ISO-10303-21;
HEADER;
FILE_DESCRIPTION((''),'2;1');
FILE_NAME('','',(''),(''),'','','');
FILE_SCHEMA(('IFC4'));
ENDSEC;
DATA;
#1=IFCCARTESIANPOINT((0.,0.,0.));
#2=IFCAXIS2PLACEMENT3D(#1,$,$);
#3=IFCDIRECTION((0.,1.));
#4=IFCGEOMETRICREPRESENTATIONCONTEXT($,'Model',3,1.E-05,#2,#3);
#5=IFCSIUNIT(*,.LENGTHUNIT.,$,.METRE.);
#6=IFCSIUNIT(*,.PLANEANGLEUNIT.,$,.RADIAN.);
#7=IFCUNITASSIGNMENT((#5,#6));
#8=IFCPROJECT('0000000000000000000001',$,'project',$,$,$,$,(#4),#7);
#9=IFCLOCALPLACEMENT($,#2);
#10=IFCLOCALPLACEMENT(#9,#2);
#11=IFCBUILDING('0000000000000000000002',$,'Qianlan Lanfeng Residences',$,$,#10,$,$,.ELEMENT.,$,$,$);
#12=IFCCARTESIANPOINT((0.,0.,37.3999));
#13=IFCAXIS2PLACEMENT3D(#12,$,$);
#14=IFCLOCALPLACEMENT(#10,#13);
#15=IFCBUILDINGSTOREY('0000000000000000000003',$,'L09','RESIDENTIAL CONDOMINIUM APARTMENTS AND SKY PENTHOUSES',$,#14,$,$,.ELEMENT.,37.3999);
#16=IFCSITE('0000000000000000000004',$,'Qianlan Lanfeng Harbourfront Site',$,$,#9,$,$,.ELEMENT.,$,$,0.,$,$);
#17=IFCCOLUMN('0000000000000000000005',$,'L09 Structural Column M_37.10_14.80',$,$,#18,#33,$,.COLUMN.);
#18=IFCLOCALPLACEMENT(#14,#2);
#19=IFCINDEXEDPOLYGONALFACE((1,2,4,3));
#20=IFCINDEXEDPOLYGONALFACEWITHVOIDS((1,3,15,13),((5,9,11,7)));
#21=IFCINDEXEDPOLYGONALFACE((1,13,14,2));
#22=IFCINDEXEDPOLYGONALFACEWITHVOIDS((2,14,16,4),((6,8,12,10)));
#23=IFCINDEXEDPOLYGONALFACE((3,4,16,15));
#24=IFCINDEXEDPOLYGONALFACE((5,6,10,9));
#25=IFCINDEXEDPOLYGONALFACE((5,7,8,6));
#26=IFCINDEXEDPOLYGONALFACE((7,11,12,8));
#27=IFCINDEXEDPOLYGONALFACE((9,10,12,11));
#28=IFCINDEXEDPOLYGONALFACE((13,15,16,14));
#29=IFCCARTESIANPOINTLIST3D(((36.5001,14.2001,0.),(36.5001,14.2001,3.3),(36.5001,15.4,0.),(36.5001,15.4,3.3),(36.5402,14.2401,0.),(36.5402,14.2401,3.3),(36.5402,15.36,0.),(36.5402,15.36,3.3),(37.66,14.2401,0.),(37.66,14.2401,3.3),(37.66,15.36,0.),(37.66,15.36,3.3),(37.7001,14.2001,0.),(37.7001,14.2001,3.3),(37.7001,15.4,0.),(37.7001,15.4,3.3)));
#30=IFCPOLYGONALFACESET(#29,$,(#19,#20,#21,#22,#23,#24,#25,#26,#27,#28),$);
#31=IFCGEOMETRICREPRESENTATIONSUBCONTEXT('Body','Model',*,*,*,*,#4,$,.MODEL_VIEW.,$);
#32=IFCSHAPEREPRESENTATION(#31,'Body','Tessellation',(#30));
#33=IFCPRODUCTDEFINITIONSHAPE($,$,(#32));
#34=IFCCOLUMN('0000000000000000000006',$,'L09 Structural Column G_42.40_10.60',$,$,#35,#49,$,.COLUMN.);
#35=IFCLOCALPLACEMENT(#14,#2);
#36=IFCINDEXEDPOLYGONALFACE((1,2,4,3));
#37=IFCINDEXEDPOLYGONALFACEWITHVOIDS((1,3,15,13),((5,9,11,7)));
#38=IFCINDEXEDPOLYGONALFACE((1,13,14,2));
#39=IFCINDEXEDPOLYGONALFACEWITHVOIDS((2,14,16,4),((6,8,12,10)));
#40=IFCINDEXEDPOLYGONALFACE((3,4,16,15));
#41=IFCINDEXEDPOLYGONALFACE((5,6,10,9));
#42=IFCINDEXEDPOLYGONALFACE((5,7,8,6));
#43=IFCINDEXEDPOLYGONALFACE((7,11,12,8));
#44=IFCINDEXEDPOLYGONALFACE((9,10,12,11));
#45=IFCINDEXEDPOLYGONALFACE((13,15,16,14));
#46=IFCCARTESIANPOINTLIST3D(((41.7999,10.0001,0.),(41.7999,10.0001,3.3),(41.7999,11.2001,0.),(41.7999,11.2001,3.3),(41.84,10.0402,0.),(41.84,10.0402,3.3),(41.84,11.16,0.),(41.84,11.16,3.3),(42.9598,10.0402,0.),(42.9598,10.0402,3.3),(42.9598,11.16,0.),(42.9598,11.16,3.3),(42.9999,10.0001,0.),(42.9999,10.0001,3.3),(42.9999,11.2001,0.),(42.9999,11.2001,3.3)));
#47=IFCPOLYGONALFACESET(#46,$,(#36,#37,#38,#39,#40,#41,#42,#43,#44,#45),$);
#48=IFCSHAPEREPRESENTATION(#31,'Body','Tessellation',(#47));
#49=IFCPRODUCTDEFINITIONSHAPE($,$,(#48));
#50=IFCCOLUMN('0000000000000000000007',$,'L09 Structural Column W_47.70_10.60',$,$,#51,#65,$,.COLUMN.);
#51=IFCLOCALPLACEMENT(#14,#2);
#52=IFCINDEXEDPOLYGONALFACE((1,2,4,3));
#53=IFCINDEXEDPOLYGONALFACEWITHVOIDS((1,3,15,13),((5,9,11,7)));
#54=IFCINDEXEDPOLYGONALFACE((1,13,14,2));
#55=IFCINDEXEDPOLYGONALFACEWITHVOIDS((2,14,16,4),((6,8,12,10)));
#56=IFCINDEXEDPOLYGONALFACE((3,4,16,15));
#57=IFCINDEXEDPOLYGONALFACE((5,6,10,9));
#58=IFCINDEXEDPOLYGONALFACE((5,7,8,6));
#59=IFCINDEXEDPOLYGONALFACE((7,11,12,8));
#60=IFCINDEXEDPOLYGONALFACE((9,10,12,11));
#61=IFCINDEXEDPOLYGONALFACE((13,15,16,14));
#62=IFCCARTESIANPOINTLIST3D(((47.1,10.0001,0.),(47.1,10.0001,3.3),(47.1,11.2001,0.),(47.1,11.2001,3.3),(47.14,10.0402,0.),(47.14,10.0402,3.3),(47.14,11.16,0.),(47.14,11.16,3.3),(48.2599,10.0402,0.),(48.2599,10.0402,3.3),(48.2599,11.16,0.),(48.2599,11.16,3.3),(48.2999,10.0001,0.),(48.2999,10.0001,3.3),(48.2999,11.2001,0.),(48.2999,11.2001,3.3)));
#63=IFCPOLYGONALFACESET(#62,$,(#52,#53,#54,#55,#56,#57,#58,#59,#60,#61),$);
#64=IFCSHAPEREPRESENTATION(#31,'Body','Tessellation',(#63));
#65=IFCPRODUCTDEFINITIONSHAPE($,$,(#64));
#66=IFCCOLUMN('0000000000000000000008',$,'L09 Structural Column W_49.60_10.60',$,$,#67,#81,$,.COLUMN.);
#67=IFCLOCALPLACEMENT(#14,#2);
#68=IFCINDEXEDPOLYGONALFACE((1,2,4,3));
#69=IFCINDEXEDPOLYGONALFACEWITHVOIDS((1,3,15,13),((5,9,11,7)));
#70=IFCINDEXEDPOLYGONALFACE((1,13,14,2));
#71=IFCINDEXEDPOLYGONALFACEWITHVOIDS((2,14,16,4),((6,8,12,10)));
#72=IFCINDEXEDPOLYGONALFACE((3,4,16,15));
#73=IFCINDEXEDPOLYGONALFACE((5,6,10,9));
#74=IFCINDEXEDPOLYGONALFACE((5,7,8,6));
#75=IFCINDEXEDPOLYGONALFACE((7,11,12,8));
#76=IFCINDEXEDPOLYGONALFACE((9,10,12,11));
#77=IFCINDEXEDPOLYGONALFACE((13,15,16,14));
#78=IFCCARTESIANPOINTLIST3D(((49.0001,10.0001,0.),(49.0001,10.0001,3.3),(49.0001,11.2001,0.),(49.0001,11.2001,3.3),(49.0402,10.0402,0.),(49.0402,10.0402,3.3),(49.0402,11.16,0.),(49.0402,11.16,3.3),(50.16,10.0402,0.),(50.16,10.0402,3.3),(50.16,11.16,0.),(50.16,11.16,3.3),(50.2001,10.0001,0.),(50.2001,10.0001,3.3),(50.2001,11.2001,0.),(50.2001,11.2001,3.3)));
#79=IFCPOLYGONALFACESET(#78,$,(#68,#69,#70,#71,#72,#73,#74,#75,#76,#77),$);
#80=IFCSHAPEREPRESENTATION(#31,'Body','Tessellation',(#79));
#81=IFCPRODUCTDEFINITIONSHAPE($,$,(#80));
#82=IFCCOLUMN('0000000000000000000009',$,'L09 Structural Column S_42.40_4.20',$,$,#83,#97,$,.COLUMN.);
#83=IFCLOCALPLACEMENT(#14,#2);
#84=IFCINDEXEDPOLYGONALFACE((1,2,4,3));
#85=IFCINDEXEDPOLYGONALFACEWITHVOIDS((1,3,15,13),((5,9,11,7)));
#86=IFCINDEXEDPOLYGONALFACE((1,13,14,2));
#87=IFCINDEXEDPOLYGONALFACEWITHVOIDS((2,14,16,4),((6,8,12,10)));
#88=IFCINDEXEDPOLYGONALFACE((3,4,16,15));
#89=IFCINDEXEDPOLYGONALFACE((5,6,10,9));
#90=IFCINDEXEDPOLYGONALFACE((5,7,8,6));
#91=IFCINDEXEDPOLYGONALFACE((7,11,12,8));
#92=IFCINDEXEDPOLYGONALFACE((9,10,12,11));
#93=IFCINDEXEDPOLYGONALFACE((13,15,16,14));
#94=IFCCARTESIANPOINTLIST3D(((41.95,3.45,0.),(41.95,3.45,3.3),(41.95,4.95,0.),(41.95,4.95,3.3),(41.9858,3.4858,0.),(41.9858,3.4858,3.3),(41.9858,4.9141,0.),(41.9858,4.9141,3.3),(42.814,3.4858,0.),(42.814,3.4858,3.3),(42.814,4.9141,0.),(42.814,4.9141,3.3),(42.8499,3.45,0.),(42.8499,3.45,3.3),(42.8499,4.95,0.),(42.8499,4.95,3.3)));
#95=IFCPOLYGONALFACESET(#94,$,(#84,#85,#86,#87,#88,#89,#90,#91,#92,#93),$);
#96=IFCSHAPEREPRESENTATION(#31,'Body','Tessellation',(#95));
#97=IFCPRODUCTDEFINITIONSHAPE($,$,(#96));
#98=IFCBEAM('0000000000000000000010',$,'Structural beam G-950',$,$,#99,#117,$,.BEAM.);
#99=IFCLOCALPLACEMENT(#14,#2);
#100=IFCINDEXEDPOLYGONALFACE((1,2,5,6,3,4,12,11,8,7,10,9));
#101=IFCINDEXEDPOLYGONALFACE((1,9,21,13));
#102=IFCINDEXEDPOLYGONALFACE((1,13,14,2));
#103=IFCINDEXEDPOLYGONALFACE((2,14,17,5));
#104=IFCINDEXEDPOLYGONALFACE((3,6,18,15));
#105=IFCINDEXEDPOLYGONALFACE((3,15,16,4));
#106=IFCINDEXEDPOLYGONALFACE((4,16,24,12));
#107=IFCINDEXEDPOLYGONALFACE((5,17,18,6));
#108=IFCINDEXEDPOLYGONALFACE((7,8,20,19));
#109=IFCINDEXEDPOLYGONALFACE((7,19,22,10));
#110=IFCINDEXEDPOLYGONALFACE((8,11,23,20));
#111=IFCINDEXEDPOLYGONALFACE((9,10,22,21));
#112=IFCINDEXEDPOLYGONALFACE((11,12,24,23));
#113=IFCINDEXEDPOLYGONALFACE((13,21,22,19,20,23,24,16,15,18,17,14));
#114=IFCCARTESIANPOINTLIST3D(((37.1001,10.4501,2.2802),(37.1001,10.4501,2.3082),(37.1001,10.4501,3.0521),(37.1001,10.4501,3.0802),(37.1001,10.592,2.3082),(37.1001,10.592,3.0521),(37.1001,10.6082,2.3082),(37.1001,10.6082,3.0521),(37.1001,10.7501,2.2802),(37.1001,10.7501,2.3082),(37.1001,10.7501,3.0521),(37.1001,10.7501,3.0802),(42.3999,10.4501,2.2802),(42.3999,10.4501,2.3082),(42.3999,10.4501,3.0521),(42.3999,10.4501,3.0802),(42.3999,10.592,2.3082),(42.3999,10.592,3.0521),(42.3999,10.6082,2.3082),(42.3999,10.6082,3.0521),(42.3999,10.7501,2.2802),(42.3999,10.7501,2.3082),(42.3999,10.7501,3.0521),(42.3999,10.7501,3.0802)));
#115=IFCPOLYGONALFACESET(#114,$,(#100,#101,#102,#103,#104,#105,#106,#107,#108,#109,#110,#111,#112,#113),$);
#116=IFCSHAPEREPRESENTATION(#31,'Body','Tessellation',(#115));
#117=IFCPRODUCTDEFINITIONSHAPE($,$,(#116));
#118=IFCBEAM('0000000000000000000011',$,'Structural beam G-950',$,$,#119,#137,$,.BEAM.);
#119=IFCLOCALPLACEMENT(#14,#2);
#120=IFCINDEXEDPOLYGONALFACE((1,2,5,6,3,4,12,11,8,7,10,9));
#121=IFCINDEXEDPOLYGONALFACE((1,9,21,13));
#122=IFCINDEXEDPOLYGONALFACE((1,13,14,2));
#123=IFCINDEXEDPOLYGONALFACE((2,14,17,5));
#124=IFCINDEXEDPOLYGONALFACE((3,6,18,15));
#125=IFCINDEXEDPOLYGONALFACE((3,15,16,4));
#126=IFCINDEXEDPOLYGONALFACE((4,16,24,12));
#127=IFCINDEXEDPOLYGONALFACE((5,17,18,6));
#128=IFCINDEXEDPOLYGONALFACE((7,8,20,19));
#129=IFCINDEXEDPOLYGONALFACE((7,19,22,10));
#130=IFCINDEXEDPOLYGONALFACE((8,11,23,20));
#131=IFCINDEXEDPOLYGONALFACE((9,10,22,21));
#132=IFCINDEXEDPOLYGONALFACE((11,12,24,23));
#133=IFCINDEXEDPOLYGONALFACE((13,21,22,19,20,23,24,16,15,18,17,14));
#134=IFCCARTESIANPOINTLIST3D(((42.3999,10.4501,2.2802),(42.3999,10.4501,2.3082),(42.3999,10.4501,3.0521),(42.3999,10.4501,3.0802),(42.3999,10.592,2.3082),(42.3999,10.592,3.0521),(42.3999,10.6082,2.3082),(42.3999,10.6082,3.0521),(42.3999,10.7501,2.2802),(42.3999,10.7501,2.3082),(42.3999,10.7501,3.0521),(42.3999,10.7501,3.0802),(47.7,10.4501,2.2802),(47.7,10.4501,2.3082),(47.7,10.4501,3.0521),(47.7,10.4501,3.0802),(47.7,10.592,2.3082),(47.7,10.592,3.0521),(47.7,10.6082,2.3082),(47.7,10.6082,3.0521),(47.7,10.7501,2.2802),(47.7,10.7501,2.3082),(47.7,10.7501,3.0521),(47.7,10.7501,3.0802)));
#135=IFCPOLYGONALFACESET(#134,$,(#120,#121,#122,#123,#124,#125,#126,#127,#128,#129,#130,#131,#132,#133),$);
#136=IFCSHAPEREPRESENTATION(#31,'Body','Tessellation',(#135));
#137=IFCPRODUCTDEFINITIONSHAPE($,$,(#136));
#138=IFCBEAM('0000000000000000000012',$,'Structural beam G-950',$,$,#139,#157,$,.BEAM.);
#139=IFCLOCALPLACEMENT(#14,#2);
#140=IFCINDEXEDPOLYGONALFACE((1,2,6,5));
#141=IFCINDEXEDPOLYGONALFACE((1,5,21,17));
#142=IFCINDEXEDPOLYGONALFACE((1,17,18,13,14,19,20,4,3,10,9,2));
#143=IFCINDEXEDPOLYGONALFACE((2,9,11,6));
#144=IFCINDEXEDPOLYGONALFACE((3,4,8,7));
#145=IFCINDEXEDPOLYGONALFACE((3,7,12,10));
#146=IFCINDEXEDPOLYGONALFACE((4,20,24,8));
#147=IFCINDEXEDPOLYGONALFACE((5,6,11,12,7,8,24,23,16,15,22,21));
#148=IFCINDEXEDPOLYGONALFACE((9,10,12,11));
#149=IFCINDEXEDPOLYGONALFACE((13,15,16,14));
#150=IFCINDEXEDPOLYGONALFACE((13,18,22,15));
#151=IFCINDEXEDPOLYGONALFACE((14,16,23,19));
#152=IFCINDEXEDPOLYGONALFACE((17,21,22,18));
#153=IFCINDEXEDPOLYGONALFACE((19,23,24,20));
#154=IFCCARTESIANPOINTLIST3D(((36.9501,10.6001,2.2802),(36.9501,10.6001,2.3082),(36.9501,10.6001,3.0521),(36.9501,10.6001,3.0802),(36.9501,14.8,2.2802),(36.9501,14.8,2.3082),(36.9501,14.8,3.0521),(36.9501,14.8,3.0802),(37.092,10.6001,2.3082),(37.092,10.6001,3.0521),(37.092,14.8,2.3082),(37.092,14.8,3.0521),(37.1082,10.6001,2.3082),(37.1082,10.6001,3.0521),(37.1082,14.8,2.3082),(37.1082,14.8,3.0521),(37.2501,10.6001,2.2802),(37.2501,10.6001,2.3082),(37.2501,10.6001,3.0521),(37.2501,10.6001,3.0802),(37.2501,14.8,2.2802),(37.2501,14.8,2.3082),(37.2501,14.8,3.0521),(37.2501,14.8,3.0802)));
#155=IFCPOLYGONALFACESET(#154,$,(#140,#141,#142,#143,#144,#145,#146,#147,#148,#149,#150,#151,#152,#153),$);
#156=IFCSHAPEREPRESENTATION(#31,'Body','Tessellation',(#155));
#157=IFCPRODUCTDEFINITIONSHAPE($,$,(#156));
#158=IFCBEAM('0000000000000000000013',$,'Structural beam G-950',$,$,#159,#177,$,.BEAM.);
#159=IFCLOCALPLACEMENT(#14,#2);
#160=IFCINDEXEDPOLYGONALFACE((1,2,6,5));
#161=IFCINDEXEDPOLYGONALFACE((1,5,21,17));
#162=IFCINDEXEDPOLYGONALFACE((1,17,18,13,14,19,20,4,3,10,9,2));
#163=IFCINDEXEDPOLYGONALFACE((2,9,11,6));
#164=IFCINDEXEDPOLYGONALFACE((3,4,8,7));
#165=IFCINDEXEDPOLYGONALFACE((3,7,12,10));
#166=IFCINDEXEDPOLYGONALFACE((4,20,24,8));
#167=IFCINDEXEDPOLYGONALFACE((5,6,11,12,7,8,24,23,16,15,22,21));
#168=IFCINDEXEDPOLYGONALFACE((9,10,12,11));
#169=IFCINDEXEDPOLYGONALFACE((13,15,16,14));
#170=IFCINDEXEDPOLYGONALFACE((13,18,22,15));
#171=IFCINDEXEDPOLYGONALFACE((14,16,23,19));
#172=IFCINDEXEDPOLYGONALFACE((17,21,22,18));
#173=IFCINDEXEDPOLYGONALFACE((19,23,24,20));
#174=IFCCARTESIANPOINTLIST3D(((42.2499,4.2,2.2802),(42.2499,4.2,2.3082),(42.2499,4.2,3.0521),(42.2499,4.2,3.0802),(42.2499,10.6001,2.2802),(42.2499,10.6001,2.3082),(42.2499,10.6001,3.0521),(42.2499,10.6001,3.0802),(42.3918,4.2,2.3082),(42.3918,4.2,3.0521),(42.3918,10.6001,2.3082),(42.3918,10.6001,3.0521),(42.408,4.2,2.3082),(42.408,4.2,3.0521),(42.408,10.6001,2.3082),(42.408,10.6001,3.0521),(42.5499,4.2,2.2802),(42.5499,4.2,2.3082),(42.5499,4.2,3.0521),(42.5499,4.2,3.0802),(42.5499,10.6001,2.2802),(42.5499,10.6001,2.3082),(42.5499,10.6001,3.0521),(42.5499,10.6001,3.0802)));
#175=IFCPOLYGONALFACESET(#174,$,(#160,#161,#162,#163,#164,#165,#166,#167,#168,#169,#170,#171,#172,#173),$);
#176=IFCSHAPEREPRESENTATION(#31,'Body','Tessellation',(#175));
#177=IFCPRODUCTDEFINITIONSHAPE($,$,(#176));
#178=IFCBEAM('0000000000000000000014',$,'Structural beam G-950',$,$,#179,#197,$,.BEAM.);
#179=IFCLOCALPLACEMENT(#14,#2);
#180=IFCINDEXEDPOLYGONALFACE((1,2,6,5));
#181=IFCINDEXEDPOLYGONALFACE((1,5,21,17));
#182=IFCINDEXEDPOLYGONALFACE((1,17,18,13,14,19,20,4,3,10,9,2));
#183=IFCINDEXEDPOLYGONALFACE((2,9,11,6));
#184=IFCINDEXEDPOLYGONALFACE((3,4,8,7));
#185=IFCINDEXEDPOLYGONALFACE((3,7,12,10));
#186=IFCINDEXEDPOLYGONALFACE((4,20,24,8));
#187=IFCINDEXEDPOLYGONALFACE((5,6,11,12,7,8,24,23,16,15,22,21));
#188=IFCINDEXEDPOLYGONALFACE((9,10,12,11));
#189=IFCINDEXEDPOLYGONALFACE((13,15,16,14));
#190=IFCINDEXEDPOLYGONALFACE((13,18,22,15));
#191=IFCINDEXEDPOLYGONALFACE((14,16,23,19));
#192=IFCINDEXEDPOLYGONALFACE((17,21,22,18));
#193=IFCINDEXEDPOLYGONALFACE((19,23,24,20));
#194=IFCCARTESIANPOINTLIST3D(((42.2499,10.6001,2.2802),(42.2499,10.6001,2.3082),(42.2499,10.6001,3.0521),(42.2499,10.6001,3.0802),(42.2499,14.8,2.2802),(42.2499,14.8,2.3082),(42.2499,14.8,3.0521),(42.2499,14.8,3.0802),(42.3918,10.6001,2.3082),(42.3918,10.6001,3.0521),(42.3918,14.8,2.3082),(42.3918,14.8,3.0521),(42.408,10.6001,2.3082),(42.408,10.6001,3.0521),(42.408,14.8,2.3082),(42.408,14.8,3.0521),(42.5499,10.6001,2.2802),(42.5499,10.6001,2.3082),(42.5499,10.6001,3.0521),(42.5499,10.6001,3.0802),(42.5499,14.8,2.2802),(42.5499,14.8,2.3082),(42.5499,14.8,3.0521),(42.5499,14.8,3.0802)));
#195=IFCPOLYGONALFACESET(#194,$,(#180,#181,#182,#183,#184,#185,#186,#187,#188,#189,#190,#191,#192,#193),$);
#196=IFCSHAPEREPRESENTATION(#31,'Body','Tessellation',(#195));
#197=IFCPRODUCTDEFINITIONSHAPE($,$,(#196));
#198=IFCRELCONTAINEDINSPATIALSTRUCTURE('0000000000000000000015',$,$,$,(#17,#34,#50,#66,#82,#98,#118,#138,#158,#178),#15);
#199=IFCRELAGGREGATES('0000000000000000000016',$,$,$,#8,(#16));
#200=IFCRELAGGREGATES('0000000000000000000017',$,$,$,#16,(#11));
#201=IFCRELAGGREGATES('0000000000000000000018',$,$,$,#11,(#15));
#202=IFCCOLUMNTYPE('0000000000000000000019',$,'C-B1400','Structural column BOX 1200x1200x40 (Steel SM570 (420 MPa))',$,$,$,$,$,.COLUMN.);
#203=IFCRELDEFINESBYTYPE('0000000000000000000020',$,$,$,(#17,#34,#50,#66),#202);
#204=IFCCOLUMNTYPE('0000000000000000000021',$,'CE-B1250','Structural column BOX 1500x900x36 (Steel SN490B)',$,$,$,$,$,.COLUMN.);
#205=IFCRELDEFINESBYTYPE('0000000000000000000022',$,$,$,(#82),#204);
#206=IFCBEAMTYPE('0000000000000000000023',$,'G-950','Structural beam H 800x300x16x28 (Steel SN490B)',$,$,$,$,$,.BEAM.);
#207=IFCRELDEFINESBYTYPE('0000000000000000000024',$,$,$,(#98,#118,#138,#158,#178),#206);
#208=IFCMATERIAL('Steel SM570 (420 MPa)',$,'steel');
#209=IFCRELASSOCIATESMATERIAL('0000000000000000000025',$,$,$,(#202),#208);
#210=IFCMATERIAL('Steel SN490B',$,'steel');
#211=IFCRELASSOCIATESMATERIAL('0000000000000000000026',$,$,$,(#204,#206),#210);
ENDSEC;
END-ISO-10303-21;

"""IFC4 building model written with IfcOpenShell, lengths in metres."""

from ifc_helpers import new_model, si_unit, direction, frame, origin, origin_2d, place, context, subcontext, project, spatial, hollow_rectangle, i_section, extrude, material, material_profile, profile_set, type_object, element, save


model = new_model("IFC4")

# Units and contexts
model_context = context("Model", 3, precision=1e-05, world=origin(), true_north=direction((0.0, 1.0)))
body_context = subcontext(model_context, "Body", "Model", "MODEL_VIEW")
ifc_project = project(units=[si_unit("LENGTHUNIT", "METRE"), si_unit("PLANEANGLEUNIT", "RADIAN")], contexts=[model_context])

# Site, building, storey
site_placement = place(None, origin())
site = spatial("IfcSite", under=ifc_project, at=site_placement, Name="Qianlan Lanfeng Harbourfront Site", CompositionType="ELEMENT", RefElevation=0.0)
building_placement = place(site_placement, origin())
building = spatial("IfcBuilding", under=site, at=building_placement, Name="Qianlan Lanfeng Residences", CompositionType="ELEMENT")
storey_placement = place(building_placement, frame((0.0, 0.0, 37.3999)))
storey = spatial("IfcBuildingStorey", under=building, at=storey_placement, Name="L09", Description="RESIDENTIAL CONDOMINIUM APARTMENTS AND SKY PENTHOUSES", CompositionType="ELEMENT", Elevation=37.3999)

# Columns
ifc_material_1 = material(Name="Steel SM570 (420 MPa)", Category="steel")
ifc_material_profile_1 = material_profile(ifc_material_1, hollow_rectangle(XDim=1.2, YDim=1.2, WallThickness=0.04, at=origin_2d()), Name="BOX 1200x1200x40")
ifc_profile_set_1 = profile_set([ifc_material_profile_1], Name="Steel SM570 (420 MPa)")
column_type_1 = type_object("IfcColumnType", Name="C-B1400", Description="Structural column BOX 1200x1200x40 (Steel SM570 (420 MPa))", PredefinedType="COLUMN", material=ifc_profile_set_1)
for number, where, z_axis, x_axis, name in (
    (1, (37.1001, 14.8, 0.0), (0.0, 0.0, 1.0), (1.0, 0.0, 0.0), "L09 Structural Column M_37.10_14.80"),
    (2, (42.3999, 10.6001, 0.0), (0.0, 0.0, 1.0), (1.0, 0.0, 0.0), "L09 Structural Column G_42.40_10.60"),
    (3, (47.7, 10.6001, 0.0), (0.0, 0.0, 1.0), (1.0, 0.0, 0.0), "L09 Structural Column W_47.70_10.60"),
    (4, (49.6001, 10.6001, 0.0), (0.0, 0.0, 1.0), (1.0, 0.0, 0.0), "L09 Structural Column W_49.60_10.60"),
):
    element("IfcColumn", number, at=place(storey_placement, frame(where, z_axis=z_axis, x_axis=x_axis)), inside=storey, type_object=column_type_1, Name=name, PredefinedType="COLUMN", context=body_context, shape_type="SweptSolid", body=[
        extrude(hollow_rectangle(XDim=1.2, YDim=1.2, WallThickness=0.04, at=origin_2d()), origin(), (0.0, 0.0, 1.0), 3.3),
    ])
ifc_material_2 = material(Name="Steel SN490B", Category="steel")
ifc_material_profile_2 = material_profile(ifc_material_2, hollow_rectangle(XDim=0.8999, YDim=1.5, WallThickness=0.0359, at=origin_2d()), Name="BOX 1500x900x36")
ifc_profile_set_2 = profile_set([ifc_material_profile_2], Name="Steel SN490B")
column_type_2 = type_object("IfcColumnType", Name="CE-B1250", Description="Structural column BOX 1500x900x36 (Steel SN490B)", PredefinedType="COLUMN", material=ifc_profile_set_2)
column_placement = place(storey_placement, frame((42.3999, 4.2, 0.0), z_axis=(0.0, 0.0, 1.0), x_axis=(1.0, 0.0, 0.0)))
element("IfcColumn", 5, at=column_placement, inside=storey, type_object=column_type_2, Name="L09 Structural Column S_42.40_4.20", PredefinedType="COLUMN", context=body_context, shape_type="SweptSolid", body=[
    extrude(hollow_rectangle(XDim=0.8999, YDim=1.5, WallThickness=0.0359, at=origin_2d()), origin(), (0.0, 0.0, 1.0), 3.3),
])

# Beams
ifc_material_profile_3 = material_profile(ifc_material_2, i_section(OverallWidth=0.3, OverallDepth=0.8, WebThickness=0.0161, FlangeThickness=0.0281, at=origin_2d()), Name="H 800x300x16x28")
ifc_profile_set_3 = profile_set([ifc_material_profile_3], Name="Steel SN490B")
beam_type_1 = type_object("IfcBeamType", Name="G-950", Description="Structural beam H 800x300x16x28 (Steel SN490B)", PredefinedType="BEAM", material=ifc_profile_set_3)
beam_1_placement = place(storey_placement, frame((37.1001, 10.6001, 2.6802), z_axis=(1.0, 0.0, 0.0), x_axis=(0.0, 1.0, 0.0)))
element("IfcBeam", 6, at=beam_1_placement, inside=storey, type_object=beam_type_1, Name="Structural beam G-950", PredefinedType="BEAM", context=body_context, shape_type="SweptSolid", body=[
    extrude(i_section(OverallWidth=0.3, OverallDepth=0.8, WebThickness=0.0161, FlangeThickness=0.0281, at=origin_2d()), origin(), (0.0, 0.0, 1.0), 5.2998),
])
beam_2_placement = place(storey_placement, frame((42.3999, 10.6001, 2.6802), z_axis=(1.0, 0.0, 0.0), x_axis=(0.0, 1.0, 0.0)))
element("IfcBeam", 7, at=beam_2_placement, inside=storey, type_object=beam_type_1, Name="Structural beam G-950", PredefinedType="BEAM", context=body_context, shape_type="SweptSolid", body=[
    extrude(i_section(OverallWidth=0.3, OverallDepth=0.8, WebThickness=0.0161, FlangeThickness=0.0281, at=origin_2d()), origin(), (0.0, 0.0, 1.0), 5.3),
])
beam_3_placement = place(storey_placement, frame((37.1001, 10.6001, 2.6802), z_axis=(0.0, 1.0, 0.0), x_axis=(-1.0, 0.0, 0.0)))
element("IfcBeam", 8, at=beam_3_placement, inside=storey, type_object=beam_type_1, Name="Structural beam G-950", PredefinedType="BEAM", context=body_context, shape_type="SweptSolid", body=[
    extrude(i_section(OverallWidth=0.3, OverallDepth=0.8, WebThickness=0.0161, FlangeThickness=0.0281, at=origin_2d()), origin(), (0.0, 0.0, 1.0), 4.2),
])
beam_4_placement = place(storey_placement, frame((42.3999, 4.2, 2.6802), z_axis=(0.0, 1.0, 0.0), x_axis=(-1.0, 0.0, 0.0)))
element("IfcBeam", 9, at=beam_4_placement, inside=storey, type_object=beam_type_1, Name="Structural beam G-950", PredefinedType="BEAM", context=body_context, shape_type="SweptSolid", body=[
    extrude(i_section(OverallWidth=0.3, OverallDepth=0.8, WebThickness=0.0161, FlangeThickness=0.0281, at=origin_2d()), origin(), (0.0, 0.0, 1.0), 6.4001),
])
for number, where, z_axis, x_axis, name in (
    (10, (42.3999, 10.6001, 2.6802), (0.0, 1.0, 0.0), (-1.0, 0.0, 0.0), "Structural beam G-950"),
):
    element("IfcBeam", number, at=place(storey_placement, frame(where, z_axis=z_axis, x_axis=x_axis)), inside=storey, type_object=beam_type_1, Name=name, PredefinedType="BEAM", context=body_context, shape_type="SweptSolid", body=[
        extrude(i_section(OverallWidth=0.3, OverallDepth=0.8, WebThickness=0.0161, FlangeThickness=0.0281, at=origin_2d()), origin(), (0.0, 0.0, 1.0), 4.2),
    ])

save(model, "model.ifc")
